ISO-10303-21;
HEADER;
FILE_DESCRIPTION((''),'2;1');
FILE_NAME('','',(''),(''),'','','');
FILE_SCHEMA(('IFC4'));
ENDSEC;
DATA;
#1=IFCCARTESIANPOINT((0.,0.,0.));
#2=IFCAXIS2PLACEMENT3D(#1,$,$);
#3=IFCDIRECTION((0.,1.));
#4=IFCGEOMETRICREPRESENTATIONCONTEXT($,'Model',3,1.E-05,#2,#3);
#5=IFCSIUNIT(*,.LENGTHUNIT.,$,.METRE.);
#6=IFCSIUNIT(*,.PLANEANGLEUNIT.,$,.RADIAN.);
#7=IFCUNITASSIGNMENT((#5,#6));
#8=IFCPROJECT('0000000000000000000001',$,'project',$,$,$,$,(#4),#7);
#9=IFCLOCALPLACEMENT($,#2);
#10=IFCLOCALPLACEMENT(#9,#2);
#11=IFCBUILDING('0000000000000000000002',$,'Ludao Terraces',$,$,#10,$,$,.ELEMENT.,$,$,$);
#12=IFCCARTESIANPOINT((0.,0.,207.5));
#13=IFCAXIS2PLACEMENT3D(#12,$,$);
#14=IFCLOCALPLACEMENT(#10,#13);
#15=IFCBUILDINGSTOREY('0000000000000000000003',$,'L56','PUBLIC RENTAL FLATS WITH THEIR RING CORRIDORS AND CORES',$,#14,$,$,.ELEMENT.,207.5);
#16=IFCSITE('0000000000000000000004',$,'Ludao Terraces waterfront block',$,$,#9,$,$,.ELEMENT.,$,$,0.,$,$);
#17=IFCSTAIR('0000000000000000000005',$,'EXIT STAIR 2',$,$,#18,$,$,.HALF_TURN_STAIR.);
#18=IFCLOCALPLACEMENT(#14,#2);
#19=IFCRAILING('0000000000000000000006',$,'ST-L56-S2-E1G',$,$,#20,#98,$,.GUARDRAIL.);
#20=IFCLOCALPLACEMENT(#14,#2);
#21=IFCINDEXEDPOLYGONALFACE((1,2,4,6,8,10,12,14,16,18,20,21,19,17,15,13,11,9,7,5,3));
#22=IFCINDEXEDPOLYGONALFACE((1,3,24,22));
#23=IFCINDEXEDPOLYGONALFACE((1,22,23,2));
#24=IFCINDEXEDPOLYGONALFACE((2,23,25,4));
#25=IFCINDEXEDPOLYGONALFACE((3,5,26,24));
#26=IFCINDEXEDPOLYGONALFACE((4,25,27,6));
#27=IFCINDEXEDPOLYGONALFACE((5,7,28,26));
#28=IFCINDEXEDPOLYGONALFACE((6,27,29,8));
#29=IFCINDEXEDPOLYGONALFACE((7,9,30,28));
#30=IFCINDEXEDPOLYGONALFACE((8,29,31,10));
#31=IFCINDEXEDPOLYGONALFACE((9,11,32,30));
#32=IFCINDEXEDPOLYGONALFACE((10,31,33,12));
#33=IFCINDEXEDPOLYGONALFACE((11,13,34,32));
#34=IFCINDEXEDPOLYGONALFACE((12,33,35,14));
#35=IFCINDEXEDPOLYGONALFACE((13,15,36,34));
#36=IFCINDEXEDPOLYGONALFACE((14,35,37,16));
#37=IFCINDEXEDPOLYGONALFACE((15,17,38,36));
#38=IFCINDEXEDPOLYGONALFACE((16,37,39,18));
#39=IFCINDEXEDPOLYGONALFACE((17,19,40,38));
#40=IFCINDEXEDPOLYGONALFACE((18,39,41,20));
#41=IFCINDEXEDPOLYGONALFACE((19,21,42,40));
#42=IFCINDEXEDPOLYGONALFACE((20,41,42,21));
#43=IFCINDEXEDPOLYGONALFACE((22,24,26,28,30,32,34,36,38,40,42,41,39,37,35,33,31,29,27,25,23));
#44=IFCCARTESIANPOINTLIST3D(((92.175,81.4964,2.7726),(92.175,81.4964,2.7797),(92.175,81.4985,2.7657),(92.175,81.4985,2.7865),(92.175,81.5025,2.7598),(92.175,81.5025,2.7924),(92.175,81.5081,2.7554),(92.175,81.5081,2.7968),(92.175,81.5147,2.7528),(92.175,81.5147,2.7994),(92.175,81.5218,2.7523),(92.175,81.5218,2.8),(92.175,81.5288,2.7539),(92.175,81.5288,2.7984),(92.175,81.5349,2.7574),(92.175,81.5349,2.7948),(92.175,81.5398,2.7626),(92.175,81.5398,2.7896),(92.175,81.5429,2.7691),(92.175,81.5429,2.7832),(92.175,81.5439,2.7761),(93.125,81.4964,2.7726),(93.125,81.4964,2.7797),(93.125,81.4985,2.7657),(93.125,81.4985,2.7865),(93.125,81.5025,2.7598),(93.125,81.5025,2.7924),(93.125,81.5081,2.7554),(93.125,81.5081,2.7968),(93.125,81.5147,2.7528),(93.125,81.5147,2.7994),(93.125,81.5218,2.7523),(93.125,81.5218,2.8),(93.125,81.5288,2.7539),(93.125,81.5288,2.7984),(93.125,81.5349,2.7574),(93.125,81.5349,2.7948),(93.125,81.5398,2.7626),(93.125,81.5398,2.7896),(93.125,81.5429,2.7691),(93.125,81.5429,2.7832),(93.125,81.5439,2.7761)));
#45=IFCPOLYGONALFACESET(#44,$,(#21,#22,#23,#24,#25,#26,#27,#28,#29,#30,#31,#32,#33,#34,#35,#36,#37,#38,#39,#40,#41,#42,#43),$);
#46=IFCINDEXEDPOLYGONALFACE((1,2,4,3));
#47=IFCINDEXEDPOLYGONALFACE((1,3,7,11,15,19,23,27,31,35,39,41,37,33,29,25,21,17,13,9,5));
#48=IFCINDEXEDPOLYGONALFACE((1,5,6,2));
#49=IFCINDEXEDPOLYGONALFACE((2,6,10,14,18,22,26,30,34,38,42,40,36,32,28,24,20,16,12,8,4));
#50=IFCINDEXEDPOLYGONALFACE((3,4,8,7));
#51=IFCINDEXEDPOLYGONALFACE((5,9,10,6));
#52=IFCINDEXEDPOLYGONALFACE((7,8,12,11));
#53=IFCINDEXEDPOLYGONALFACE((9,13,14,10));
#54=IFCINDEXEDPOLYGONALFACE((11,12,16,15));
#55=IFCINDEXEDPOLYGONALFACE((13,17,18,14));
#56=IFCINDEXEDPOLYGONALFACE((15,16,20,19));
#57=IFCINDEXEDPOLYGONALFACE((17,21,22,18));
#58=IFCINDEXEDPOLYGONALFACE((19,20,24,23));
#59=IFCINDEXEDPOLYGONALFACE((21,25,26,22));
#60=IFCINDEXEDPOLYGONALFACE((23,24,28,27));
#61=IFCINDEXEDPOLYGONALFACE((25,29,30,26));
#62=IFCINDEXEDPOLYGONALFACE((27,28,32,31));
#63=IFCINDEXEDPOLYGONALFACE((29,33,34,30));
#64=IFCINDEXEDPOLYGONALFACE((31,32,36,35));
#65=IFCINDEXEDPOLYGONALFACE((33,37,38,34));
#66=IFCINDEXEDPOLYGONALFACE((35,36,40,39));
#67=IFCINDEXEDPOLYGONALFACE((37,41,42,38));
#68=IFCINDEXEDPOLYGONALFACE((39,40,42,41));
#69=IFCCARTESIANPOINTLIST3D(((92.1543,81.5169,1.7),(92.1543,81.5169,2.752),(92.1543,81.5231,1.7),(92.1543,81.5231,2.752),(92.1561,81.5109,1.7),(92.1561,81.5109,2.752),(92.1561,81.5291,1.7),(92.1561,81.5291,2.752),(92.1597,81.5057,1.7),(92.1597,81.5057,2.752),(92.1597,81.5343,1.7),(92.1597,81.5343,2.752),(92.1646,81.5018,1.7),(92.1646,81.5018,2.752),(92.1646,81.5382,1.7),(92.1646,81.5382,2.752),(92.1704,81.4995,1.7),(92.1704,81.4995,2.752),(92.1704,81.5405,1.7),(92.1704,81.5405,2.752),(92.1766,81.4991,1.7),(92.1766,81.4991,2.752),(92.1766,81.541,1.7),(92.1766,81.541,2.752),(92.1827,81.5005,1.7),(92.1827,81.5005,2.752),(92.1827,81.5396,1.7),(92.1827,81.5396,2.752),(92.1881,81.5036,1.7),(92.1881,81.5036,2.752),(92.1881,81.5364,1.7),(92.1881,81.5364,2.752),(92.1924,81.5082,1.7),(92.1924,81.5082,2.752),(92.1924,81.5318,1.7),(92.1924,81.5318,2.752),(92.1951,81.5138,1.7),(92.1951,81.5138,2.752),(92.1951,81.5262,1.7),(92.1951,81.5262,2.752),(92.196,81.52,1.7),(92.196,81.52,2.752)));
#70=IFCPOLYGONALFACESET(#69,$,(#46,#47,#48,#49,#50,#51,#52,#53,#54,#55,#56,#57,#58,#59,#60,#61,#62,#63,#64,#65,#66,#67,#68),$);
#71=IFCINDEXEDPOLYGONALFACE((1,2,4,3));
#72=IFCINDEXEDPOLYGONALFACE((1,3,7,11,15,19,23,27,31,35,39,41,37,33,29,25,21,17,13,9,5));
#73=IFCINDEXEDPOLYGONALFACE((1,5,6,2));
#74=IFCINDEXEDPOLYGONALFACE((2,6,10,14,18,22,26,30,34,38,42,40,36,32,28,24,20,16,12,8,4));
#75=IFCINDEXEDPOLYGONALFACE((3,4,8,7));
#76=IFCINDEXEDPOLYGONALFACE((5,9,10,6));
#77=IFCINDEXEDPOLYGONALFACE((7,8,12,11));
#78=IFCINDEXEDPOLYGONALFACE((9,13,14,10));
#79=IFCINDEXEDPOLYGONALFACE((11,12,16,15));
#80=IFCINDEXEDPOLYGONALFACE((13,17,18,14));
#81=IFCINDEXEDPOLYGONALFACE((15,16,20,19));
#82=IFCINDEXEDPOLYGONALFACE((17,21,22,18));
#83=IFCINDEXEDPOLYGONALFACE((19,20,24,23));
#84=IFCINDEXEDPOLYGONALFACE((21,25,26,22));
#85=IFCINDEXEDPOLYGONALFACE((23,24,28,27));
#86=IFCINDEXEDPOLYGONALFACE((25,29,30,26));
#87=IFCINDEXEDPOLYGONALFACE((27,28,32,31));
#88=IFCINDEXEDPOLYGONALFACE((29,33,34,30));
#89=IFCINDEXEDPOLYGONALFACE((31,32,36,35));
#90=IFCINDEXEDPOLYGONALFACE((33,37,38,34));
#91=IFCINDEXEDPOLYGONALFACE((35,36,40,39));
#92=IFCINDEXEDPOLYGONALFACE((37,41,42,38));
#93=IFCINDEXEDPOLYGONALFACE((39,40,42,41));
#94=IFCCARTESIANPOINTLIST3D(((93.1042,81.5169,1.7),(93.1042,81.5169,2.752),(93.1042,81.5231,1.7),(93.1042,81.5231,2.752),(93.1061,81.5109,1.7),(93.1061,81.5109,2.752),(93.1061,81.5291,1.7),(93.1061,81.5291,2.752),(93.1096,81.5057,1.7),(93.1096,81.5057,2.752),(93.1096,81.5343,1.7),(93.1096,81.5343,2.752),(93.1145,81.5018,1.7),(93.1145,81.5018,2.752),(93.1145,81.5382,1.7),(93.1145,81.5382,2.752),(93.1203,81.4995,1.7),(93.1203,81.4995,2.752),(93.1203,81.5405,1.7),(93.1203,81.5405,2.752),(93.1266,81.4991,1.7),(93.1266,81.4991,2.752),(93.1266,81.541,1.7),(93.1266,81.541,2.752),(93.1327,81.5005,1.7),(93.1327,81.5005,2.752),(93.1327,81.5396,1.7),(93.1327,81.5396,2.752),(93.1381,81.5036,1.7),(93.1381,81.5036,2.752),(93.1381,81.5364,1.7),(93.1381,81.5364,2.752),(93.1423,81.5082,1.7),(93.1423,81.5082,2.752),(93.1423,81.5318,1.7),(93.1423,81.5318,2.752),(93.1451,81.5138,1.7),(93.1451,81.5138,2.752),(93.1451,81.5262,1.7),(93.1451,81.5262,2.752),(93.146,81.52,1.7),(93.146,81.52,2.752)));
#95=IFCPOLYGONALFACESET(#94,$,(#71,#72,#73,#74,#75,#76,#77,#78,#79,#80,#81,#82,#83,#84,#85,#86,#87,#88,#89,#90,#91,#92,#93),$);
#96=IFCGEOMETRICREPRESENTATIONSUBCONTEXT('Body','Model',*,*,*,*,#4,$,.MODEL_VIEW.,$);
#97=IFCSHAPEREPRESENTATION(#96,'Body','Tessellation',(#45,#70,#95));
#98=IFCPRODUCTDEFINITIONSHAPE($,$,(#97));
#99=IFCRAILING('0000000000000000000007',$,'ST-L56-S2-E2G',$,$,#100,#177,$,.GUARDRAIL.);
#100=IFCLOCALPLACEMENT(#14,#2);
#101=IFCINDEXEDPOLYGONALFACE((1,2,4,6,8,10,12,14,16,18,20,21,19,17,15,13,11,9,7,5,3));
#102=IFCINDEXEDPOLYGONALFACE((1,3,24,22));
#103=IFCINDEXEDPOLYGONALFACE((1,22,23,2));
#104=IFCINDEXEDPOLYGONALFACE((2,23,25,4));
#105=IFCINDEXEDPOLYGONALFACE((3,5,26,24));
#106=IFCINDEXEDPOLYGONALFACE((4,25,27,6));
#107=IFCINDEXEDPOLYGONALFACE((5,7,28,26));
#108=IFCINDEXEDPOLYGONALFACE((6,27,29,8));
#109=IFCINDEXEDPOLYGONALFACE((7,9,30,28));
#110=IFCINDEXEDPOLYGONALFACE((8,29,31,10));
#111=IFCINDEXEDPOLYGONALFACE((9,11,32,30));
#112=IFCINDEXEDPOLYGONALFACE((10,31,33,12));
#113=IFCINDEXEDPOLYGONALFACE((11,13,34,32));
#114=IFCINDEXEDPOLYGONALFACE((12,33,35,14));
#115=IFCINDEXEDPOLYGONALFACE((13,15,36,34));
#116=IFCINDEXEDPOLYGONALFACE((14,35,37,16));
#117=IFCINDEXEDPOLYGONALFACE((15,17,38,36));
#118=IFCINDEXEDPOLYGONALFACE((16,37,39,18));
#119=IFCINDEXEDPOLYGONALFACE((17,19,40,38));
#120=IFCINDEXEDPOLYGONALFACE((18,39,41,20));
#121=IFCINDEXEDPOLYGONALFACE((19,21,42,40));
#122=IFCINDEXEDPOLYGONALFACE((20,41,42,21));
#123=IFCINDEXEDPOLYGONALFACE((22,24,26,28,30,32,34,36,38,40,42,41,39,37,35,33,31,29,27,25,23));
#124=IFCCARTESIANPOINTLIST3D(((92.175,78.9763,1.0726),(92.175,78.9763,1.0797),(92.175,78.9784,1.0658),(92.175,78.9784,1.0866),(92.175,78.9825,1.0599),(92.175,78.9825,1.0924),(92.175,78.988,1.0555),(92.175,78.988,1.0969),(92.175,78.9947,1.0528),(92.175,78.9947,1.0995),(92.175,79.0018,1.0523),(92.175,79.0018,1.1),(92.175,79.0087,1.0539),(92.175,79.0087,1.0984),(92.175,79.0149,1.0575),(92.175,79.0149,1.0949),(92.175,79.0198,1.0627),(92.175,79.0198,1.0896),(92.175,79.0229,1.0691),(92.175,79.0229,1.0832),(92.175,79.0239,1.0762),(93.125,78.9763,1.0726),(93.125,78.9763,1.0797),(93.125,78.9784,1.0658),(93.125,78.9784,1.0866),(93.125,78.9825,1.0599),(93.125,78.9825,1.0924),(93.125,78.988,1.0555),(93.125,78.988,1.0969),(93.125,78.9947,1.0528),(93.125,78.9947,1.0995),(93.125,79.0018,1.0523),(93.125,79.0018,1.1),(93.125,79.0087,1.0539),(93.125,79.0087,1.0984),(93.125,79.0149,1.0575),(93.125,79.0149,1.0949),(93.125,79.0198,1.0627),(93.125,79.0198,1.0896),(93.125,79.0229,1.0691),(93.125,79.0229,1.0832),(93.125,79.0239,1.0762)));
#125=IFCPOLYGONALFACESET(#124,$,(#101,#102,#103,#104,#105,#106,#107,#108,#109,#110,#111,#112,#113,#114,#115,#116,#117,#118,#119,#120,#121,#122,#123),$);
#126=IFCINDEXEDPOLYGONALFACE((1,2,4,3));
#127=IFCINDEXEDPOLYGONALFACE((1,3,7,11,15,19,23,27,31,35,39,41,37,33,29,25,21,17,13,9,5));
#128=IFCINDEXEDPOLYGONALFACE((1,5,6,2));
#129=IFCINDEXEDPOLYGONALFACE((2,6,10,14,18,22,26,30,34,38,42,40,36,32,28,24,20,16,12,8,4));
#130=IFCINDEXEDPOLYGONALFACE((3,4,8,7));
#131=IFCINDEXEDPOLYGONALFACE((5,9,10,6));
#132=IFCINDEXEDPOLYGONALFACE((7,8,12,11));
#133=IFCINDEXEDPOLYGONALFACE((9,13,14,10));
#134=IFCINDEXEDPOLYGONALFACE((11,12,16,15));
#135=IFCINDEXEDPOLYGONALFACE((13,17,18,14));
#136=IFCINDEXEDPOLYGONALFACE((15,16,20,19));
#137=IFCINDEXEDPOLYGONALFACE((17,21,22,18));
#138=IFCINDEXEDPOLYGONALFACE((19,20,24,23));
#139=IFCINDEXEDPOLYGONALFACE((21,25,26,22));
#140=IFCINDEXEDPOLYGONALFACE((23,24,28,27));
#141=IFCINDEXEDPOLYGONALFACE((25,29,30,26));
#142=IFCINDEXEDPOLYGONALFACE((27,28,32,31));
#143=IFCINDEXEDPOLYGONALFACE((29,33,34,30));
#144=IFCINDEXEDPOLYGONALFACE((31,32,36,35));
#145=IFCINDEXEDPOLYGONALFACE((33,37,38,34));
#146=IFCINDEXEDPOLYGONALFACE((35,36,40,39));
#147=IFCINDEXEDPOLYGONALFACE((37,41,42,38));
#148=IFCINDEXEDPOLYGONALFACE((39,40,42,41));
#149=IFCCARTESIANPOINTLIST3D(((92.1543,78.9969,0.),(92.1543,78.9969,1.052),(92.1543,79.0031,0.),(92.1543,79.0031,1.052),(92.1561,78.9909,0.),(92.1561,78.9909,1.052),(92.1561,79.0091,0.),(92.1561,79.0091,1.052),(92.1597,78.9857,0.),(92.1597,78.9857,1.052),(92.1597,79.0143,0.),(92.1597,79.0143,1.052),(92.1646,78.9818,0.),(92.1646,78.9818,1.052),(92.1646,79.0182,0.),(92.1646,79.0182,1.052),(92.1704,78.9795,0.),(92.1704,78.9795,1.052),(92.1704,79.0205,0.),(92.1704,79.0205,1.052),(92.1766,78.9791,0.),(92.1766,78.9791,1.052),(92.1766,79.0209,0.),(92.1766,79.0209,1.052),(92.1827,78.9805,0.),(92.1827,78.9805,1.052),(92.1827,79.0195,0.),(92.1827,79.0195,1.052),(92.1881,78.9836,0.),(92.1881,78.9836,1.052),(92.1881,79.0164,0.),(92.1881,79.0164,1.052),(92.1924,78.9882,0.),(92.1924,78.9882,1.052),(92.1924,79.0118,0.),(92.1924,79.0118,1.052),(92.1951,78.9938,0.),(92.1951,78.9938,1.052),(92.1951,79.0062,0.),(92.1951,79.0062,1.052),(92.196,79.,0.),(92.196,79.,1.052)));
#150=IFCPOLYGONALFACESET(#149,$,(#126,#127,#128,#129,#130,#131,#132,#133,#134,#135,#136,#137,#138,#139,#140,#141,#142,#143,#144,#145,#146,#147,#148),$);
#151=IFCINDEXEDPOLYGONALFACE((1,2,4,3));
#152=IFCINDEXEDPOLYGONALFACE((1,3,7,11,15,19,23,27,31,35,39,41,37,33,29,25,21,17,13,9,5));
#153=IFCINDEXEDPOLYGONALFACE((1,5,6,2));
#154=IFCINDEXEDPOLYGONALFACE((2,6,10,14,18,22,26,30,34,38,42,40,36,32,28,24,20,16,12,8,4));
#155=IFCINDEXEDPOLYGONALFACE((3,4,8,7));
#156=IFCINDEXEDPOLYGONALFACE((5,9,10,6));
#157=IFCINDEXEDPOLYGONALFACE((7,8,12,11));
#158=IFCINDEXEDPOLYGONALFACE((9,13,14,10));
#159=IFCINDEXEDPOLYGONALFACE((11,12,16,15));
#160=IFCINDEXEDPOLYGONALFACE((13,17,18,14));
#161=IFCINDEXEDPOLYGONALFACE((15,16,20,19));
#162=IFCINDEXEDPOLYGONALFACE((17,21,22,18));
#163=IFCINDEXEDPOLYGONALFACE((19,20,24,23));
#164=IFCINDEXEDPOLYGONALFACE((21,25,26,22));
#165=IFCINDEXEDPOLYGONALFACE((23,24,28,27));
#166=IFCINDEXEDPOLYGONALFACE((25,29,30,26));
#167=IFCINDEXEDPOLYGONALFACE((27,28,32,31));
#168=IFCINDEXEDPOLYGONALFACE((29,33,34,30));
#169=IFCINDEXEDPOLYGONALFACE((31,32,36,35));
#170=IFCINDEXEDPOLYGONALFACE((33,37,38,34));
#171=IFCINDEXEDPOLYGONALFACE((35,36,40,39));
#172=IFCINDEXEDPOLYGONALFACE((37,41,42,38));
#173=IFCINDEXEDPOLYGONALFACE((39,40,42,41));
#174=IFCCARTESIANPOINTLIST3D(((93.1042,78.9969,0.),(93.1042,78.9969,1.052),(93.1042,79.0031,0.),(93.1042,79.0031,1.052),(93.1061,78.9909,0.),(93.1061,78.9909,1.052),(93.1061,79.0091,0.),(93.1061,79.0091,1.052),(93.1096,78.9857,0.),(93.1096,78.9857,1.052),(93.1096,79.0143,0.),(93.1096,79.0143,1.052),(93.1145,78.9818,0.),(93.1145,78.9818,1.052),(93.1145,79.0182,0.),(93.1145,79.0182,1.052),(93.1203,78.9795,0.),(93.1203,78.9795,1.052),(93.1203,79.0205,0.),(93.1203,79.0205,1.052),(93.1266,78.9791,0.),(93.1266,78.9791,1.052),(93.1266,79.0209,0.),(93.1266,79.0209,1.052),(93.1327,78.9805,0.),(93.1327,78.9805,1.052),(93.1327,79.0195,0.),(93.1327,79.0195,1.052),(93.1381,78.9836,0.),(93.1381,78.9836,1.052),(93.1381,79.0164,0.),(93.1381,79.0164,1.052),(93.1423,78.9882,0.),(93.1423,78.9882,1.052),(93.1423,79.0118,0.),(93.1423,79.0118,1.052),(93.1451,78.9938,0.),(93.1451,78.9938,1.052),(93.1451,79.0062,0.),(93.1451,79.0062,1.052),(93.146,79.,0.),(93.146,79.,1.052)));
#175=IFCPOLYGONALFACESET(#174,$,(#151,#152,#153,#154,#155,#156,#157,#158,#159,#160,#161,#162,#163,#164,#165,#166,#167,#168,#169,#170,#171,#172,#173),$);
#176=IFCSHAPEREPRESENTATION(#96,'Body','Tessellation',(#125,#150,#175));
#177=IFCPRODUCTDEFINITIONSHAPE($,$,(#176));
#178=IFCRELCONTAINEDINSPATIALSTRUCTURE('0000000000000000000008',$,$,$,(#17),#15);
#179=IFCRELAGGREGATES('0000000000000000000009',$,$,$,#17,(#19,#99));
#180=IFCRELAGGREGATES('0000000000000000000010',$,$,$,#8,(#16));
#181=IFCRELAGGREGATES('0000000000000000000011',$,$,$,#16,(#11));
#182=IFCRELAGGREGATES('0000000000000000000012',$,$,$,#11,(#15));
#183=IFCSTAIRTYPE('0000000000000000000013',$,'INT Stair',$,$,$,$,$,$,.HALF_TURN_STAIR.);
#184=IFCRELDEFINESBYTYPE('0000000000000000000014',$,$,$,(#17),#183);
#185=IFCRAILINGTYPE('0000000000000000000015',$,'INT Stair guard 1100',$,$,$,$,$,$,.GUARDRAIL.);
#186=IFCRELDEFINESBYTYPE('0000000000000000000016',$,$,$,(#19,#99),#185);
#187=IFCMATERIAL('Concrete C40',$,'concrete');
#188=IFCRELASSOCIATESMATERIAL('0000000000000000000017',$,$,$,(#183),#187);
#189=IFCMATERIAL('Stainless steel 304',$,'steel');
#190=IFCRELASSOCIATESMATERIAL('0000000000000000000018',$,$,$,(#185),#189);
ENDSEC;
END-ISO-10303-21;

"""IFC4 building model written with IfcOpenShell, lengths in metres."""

from ifc_helpers import new_model, si_unit, direction, frame, origin, origin_2d, place, context, subcontext, project, spatial, circle, extrude, material, type_object, element, aggregate, save


model = new_model("IFC4")

# Units and contexts
model_context = context("Model", 3, precision=1e-05, world=origin(), true_north=direction((0.0, 1.0)))
body_context = subcontext(model_context, "Body", "Model", "MODEL_VIEW")
ifc_project = project(units=[si_unit("LENGTHUNIT", "METRE"), si_unit("PLANEANGLEUNIT", "RADIAN")], contexts=[model_context])

# Site, building, storey
site_placement = place(None, origin())
site = spatial("IfcSite", under=ifc_project, at=site_placement, Name="Ludao Terraces waterfront block", CompositionType="ELEMENT", RefElevation=0.0)
building_placement = place(site_placement, origin())
building = spatial("IfcBuilding", under=site, at=building_placement, Name="Ludao Terraces", CompositionType="ELEMENT")
storey_placement = place(building_placement, frame((0.0, 0.0, 207.5)))
storey = spatial("IfcBuildingStorey", under=building, at=storey_placement, Name="L56", Description="PUBLIC RENTAL FLATS WITH THEIR RING CORRIDORS AND CORES", CompositionType="ELEMENT", Elevation=207.5)

# Stair, railings
ifc_material_1 = material(Name="Concrete C40", Category="concrete")
stair_type = type_object("IfcStairType", Name="INT Stair", PredefinedType="HALF_TURN_STAIR", material=ifc_material_1)
stair_placement = place(storey_placement, origin())
stair = element("IfcStair", 1, at=stair_placement, inside=storey, type_object=stair_type, Name="EXIT STAIR 2", PredefinedType="HALF_TURN_STAIR")
ifc_material_2 = material(Name="Stainless steel 304", Category="steel")
railing_type_1 = type_object("IfcRailingType", Name="INT Stair guard 1100", PredefinedType="GUARDRAIL", material=ifc_material_2)
railing_1_placement = place(storey_placement, frame((92.175, 81.52, 1.7)))
railing_1 = element("IfcRailing", 2, at=railing_1_placement, type_object=railing_type_1, Name="ST-L56-S2-E1G", PredefinedType="GUARDRAIL", context=body_context, shape_type="SweptSolid", body=[
    extrude(circle(Radius=0.0239, at=origin_2d()), frame((0.0, 0.0, 1.0762), z_axis=(1.0, 0.0, 0.0), x_axis=(0.0, 1.0, 0.0)), (0.0, 0.0, 1.0), 0.95),
    extrude(circle(Radius=0.021, at=origin_2d()), origin(), (0.0, 0.0, 1.0), 1.052),
    extrude(circle(Radius=0.021, at=origin_2d()), frame((0.95, 0.0, 0.0)), (0.0, 0.0, 1.0), 1.052),
])
railing_2_placement = place(storey_placement, frame((92.175, 79.0, 0.0)))
railing_2 = element("IfcRailing", 3, at=railing_2_placement, type_object=railing_type_1, Name="ST-L56-S2-E2G", PredefinedType="GUARDRAIL", context=body_context, shape_type="SweptSolid", body=[
    extrude(circle(Radius=0.0239, at=origin_2d()), frame((0.0, 0.0, 1.0762), z_axis=(1.0, 0.0, 0.0), x_axis=(0.0, 1.0, 0.0)), (0.0, 0.0, 1.0), 0.95),
    extrude(circle(Radius=0.021, at=origin_2d()), origin(), (0.0, 0.0, 1.0), 1.052),
    extrude(circle(Radius=0.021, at=origin_2d()), frame((0.95, 0.0, 0.0)), (0.0, 0.0, 1.0), 1.052),
])
aggregate(stair, [railing_1, railing_2])

save(model, "model.ifc")
